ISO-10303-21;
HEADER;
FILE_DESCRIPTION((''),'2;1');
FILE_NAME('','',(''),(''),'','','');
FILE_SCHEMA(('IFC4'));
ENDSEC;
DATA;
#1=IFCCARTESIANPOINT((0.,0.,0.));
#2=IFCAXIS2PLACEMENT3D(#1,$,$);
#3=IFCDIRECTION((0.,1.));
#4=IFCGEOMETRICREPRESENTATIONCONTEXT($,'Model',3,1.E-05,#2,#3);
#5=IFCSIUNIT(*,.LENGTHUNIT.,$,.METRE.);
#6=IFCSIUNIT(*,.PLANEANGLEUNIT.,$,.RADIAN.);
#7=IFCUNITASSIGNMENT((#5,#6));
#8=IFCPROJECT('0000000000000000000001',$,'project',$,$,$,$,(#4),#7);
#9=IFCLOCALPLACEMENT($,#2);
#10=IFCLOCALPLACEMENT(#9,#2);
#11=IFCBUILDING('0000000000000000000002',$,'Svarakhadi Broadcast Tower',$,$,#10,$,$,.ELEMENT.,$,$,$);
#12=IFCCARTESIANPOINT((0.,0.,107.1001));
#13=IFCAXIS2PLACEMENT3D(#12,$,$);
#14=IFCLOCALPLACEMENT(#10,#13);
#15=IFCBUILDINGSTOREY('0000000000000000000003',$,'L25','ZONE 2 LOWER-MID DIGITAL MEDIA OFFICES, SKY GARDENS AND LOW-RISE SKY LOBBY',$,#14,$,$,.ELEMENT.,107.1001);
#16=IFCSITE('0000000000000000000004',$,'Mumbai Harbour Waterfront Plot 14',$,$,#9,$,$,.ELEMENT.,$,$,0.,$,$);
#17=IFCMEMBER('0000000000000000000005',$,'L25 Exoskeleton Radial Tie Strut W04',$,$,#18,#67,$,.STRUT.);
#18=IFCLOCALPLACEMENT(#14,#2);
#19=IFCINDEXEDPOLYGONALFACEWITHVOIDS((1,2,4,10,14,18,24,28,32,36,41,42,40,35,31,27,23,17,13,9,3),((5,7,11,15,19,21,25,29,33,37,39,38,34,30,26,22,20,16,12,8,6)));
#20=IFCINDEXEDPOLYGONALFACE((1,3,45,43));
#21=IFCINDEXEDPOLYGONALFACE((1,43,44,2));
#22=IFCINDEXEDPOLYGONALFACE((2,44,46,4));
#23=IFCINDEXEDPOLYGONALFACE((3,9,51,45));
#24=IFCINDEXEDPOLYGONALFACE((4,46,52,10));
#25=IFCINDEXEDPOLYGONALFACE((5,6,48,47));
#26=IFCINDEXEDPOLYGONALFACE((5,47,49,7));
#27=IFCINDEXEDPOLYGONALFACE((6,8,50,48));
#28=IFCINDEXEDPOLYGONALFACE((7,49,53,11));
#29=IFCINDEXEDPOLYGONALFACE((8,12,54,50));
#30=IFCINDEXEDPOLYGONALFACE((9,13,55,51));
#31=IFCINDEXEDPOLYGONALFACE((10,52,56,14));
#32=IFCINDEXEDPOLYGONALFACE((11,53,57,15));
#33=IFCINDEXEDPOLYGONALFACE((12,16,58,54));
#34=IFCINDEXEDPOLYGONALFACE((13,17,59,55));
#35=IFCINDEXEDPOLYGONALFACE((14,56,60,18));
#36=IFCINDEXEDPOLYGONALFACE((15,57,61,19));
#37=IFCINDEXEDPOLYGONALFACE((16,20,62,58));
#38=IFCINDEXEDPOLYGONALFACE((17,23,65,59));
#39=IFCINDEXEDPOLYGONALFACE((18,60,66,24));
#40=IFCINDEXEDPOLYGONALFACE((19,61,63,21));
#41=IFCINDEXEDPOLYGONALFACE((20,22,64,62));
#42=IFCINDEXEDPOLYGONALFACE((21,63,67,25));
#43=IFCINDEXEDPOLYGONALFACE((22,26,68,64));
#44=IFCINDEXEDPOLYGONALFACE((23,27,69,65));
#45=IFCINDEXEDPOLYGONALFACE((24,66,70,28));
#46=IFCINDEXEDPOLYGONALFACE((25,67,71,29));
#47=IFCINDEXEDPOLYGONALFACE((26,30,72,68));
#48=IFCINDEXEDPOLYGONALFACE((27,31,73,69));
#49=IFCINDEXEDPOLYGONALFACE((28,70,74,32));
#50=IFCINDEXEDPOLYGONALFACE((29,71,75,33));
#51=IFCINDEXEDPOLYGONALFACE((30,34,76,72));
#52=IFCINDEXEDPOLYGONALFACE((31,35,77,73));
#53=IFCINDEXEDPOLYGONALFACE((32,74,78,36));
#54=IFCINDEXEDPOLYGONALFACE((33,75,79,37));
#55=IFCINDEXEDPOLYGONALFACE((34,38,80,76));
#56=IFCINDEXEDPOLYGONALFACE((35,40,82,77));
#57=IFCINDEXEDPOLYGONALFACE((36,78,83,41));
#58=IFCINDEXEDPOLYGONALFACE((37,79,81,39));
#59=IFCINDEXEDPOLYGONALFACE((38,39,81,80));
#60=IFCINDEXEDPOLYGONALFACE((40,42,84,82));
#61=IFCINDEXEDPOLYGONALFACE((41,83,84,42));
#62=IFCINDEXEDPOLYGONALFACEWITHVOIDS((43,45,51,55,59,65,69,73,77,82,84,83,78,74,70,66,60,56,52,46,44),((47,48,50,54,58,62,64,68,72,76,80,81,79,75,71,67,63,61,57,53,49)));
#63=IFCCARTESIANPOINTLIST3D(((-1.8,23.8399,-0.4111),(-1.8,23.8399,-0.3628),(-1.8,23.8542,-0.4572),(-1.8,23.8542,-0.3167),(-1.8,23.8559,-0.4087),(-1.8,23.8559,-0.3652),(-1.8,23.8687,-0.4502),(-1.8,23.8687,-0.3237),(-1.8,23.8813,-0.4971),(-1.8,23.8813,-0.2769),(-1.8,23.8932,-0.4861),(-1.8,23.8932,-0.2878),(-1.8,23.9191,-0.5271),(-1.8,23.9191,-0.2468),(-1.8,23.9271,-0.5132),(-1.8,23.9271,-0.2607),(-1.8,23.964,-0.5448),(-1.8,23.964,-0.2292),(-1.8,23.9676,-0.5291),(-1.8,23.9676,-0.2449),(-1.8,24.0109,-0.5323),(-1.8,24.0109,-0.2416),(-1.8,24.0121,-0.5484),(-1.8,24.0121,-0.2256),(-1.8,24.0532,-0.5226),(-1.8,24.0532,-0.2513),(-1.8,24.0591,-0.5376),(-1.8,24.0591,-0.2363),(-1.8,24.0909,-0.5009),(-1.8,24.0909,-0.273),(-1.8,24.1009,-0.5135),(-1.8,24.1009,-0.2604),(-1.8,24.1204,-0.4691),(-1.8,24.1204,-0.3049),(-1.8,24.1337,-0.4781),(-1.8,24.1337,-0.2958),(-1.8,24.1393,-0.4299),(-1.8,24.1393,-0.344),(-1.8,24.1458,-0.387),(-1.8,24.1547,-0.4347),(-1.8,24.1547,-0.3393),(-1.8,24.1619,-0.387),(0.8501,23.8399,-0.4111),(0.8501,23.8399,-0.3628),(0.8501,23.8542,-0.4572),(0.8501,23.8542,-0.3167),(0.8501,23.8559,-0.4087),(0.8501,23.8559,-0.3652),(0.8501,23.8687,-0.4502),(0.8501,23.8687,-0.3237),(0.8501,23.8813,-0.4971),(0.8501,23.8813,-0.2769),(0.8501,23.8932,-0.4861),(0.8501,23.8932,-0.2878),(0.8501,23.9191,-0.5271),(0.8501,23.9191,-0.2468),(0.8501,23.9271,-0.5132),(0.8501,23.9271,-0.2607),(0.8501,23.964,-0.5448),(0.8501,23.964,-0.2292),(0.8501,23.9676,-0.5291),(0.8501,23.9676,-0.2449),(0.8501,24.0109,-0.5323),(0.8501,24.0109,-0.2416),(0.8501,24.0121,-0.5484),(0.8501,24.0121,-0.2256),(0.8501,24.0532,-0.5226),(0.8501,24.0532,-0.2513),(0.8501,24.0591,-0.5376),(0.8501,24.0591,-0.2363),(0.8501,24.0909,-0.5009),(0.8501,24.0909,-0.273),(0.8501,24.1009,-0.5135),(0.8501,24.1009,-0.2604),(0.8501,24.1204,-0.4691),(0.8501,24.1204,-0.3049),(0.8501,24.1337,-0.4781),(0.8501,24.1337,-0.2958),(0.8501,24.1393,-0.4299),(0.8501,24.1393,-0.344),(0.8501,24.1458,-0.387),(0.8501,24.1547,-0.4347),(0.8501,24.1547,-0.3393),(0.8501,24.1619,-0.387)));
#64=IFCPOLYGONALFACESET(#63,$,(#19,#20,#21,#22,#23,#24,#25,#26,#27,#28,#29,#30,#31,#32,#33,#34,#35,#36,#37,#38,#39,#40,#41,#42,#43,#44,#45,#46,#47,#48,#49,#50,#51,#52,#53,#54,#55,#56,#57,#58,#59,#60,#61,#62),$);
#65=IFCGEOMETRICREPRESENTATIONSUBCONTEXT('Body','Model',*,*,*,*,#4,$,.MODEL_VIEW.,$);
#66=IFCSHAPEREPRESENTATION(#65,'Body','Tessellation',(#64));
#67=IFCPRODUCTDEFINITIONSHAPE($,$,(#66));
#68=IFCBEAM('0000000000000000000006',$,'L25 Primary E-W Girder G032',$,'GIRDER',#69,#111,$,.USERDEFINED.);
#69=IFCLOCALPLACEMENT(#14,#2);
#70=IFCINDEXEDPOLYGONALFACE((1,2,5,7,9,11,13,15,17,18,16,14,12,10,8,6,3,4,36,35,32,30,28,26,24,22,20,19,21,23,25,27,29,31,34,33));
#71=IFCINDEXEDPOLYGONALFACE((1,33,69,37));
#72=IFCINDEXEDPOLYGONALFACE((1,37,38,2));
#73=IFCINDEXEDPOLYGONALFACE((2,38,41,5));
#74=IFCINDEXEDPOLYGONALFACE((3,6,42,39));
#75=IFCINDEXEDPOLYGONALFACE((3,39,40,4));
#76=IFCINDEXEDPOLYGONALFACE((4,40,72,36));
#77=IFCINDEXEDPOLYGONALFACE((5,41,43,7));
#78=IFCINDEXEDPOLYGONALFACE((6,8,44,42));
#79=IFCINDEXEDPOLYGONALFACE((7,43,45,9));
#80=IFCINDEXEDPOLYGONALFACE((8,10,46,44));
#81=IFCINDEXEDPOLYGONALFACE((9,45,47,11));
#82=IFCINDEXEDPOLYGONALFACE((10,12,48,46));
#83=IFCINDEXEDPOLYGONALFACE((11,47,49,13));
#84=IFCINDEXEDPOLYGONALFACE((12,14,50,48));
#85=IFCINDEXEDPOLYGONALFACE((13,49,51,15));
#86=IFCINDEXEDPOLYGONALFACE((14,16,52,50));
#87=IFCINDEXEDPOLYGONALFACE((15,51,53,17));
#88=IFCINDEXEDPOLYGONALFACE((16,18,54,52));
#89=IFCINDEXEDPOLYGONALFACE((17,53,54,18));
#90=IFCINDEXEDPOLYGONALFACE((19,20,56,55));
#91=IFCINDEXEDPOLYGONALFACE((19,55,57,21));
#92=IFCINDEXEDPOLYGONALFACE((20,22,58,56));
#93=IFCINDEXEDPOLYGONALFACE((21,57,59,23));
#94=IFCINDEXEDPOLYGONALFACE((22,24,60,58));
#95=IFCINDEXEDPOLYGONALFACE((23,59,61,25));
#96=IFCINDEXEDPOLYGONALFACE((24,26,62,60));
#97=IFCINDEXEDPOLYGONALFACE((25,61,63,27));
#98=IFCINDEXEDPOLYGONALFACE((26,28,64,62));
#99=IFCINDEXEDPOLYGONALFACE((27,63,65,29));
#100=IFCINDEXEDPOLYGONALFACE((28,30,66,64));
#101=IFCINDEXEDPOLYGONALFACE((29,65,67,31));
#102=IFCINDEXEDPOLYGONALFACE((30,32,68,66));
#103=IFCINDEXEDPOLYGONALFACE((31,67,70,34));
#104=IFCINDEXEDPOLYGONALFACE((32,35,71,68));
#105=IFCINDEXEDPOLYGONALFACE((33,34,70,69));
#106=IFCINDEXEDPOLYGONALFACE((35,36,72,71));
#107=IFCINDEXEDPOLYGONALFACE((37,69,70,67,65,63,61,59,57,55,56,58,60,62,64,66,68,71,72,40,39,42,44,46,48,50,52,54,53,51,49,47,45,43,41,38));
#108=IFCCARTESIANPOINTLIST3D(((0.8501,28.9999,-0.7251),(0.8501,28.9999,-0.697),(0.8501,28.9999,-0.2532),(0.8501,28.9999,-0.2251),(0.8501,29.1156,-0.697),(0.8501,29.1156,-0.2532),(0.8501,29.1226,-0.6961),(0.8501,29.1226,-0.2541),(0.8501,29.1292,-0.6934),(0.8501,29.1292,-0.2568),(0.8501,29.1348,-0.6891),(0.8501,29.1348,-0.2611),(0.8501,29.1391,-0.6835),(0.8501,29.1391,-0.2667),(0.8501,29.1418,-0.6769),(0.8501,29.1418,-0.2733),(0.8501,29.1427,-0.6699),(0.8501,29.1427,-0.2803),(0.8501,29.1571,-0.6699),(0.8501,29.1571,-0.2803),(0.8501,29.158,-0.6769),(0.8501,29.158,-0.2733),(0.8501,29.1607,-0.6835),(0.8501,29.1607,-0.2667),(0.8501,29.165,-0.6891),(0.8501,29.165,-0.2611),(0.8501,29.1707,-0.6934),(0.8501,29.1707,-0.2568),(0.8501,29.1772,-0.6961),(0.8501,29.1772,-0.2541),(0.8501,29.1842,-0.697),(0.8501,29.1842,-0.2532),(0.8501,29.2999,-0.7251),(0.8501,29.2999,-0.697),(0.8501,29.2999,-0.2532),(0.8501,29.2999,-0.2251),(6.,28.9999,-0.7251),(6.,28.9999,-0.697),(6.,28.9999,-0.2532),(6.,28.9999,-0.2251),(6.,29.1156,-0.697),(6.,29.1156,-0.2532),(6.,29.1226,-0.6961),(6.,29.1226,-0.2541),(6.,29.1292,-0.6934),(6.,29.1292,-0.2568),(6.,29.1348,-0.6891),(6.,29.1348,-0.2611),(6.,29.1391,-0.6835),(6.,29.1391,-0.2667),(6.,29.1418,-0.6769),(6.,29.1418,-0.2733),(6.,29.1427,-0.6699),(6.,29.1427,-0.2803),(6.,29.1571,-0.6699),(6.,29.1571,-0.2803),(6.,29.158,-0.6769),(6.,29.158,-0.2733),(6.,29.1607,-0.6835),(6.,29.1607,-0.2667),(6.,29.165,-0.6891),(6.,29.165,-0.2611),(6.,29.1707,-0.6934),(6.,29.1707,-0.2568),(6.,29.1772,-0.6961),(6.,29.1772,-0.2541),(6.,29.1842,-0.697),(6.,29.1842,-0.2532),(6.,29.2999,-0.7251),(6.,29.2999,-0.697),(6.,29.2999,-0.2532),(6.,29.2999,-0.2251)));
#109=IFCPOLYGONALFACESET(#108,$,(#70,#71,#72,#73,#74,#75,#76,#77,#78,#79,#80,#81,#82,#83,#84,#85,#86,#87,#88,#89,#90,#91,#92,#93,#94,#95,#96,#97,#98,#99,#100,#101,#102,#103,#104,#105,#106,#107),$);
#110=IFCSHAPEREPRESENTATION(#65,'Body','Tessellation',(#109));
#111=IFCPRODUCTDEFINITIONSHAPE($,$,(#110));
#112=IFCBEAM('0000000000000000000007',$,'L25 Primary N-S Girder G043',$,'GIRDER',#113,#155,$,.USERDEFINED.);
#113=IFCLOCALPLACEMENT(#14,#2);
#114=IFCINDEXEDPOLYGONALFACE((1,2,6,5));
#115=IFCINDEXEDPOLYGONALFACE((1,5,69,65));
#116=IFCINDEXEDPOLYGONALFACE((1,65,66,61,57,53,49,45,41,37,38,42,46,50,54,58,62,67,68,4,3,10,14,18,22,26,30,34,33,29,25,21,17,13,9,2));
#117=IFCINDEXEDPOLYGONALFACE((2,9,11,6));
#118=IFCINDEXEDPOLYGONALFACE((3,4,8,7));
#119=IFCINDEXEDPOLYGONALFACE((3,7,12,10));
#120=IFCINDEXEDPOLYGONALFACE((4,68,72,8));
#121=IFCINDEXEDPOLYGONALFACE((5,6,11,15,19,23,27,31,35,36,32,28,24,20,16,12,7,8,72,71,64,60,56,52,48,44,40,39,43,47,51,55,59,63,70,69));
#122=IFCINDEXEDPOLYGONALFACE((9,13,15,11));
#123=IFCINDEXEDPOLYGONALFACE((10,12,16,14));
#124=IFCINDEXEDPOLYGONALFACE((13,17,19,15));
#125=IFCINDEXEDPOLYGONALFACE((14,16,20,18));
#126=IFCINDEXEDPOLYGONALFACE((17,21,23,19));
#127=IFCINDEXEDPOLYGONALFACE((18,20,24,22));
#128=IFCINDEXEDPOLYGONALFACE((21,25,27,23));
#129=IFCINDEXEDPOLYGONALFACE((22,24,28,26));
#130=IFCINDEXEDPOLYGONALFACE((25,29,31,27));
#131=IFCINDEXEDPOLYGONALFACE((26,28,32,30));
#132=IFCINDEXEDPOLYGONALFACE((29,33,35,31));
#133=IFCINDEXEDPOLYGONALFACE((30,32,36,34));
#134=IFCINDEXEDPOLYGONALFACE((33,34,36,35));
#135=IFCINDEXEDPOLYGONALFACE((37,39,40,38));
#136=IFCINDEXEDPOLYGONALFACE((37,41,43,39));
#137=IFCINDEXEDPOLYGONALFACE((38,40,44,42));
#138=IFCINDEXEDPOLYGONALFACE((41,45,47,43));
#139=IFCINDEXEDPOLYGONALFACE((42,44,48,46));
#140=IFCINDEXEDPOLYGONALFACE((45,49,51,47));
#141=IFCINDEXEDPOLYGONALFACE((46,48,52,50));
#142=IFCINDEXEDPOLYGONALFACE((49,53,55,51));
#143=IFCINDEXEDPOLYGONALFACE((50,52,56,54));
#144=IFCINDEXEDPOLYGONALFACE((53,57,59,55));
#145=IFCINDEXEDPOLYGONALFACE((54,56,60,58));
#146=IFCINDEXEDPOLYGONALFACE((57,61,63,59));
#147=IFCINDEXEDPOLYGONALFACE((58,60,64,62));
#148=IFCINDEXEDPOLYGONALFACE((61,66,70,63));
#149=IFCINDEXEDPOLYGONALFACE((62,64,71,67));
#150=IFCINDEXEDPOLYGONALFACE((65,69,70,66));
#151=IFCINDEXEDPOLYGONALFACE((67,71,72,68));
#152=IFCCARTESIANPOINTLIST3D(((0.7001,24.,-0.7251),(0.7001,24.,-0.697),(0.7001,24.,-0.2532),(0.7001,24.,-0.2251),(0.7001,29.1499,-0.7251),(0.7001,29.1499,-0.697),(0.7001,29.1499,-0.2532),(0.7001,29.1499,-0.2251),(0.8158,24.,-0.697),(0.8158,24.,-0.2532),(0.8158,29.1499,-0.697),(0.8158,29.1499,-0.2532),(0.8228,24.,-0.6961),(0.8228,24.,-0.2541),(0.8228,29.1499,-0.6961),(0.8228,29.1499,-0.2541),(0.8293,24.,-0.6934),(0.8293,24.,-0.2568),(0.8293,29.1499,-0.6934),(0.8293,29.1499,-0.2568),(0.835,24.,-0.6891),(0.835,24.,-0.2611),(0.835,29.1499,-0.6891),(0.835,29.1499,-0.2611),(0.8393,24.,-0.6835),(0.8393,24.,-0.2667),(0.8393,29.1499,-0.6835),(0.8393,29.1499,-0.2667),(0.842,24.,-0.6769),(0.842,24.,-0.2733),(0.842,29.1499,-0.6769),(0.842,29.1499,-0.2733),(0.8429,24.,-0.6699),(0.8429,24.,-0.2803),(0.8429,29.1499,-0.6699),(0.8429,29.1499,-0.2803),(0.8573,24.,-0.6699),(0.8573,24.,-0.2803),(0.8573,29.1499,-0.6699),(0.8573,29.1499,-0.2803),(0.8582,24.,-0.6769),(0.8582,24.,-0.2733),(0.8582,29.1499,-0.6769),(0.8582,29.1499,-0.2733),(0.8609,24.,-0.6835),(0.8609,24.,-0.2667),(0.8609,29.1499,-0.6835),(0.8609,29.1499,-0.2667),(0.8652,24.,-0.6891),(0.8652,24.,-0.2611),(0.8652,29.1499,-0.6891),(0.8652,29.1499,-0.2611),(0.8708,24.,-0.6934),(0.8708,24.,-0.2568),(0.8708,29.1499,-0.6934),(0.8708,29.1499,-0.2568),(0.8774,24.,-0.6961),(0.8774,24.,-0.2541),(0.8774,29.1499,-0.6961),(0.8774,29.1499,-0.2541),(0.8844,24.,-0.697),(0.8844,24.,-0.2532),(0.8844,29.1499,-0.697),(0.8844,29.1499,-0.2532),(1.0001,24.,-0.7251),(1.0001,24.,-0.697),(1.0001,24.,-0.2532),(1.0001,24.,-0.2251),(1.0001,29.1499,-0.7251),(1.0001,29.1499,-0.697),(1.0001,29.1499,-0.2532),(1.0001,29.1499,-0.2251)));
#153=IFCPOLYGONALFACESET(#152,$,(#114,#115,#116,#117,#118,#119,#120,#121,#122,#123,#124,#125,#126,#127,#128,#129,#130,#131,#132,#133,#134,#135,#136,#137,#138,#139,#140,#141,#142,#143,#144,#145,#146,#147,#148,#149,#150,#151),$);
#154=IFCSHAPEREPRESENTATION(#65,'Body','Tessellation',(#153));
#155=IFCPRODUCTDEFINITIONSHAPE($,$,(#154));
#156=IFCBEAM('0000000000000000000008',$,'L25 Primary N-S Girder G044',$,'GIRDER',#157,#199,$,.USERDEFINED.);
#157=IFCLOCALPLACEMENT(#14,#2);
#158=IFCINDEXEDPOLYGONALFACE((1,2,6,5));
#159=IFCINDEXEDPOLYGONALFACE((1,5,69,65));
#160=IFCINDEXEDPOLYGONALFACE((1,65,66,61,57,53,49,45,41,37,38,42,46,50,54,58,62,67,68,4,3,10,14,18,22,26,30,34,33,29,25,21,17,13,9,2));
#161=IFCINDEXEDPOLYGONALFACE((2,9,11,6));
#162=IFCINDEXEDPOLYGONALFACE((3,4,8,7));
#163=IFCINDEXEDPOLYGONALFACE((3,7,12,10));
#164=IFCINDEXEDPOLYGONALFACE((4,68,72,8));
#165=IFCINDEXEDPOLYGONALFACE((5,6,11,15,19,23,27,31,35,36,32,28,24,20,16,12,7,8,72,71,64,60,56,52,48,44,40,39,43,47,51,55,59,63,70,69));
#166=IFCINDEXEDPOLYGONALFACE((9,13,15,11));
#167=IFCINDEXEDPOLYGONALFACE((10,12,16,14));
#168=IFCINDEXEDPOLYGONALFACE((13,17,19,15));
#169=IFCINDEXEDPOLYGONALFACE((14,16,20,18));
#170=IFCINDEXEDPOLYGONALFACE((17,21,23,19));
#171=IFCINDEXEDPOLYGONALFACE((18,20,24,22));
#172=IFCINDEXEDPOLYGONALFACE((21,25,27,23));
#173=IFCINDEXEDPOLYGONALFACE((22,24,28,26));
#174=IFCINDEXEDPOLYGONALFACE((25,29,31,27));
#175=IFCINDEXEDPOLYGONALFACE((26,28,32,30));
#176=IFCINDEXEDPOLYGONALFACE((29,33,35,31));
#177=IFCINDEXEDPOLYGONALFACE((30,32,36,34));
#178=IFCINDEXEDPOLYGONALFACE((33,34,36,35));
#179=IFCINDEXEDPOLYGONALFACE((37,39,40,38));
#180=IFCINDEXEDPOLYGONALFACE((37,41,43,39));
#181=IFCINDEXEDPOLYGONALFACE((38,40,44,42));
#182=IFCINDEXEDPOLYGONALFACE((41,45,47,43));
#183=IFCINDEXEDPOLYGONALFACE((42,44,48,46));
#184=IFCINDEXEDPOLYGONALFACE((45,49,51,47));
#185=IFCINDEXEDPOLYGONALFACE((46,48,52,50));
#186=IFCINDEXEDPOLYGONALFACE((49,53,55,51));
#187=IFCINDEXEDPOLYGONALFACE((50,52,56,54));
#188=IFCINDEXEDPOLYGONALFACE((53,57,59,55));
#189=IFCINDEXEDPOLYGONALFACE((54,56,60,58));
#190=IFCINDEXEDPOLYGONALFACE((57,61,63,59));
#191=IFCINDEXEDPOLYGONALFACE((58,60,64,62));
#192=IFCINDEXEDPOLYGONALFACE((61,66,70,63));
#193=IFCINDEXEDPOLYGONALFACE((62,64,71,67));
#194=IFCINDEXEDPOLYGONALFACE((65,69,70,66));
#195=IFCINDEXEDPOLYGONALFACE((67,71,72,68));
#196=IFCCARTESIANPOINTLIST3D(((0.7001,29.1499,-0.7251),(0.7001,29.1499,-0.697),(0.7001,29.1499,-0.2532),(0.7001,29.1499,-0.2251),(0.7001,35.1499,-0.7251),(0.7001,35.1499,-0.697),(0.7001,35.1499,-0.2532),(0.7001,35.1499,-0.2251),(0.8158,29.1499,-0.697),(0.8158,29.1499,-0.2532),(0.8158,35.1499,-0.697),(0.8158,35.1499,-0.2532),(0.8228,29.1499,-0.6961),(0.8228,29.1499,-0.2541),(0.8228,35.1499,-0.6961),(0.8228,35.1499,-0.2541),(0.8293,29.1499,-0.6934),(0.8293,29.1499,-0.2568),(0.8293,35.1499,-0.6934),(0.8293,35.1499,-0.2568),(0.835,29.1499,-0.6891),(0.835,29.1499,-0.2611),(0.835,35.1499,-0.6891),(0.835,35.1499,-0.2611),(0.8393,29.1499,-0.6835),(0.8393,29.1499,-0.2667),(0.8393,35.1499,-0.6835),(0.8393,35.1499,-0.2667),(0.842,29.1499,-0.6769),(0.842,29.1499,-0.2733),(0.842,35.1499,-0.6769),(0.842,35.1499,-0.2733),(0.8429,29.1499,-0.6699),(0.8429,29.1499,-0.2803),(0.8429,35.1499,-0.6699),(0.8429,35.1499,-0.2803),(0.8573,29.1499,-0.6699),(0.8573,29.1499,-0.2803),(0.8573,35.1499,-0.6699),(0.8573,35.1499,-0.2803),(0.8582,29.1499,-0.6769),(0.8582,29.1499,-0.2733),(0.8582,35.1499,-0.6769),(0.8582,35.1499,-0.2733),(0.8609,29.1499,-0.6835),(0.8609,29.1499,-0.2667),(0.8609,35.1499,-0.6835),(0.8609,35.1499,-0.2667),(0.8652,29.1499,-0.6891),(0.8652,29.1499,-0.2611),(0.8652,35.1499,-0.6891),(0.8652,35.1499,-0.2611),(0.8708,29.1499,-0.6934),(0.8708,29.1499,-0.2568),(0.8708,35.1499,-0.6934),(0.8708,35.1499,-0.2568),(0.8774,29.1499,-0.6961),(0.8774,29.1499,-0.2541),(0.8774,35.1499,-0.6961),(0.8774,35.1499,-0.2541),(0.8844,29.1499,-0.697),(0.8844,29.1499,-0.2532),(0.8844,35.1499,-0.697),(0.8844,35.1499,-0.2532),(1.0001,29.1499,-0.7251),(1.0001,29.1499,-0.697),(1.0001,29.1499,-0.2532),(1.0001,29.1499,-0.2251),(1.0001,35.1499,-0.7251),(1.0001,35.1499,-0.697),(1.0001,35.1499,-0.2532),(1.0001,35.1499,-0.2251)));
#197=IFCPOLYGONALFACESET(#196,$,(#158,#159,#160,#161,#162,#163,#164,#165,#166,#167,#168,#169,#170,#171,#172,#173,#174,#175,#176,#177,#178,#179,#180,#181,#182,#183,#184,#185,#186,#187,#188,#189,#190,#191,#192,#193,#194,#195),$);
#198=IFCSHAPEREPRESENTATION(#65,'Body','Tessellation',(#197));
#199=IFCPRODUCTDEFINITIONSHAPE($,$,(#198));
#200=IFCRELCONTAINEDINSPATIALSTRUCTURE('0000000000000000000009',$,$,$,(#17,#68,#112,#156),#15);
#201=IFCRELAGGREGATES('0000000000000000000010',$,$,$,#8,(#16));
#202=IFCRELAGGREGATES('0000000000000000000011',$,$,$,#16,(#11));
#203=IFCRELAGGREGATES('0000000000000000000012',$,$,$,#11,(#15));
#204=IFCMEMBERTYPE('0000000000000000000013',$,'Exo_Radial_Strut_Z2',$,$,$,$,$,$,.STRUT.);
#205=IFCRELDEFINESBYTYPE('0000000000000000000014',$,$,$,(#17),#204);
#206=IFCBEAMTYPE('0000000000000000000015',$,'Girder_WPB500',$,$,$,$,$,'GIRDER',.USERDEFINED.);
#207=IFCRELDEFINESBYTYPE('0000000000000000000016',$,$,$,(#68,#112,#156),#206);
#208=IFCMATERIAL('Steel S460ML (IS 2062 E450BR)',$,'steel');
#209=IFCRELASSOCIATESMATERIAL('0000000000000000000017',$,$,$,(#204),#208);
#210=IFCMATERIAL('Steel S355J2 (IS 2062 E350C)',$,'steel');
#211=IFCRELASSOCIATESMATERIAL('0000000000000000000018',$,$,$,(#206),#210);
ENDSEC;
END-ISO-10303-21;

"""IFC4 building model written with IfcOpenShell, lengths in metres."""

from ifc_helpers import new_model, si_unit, direction, frame, origin, origin_2d, place, context, subcontext, project, spatial, hollow_circle, i_section, extrude, material, material_profile, profile_set, type_object, element, save


model = new_model("IFC4")

# Units and contexts
model_context = context("Model", 3, precision=1e-05, world=origin(), true_north=direction((0.0, 1.0)))
body_context = subcontext(model_context, "Body", "Model", "MODEL_VIEW")
ifc_project = project(units=[si_unit("LENGTHUNIT", "METRE"), si_unit("PLANEANGLEUNIT", "RADIAN")], contexts=[model_context])

# Site, building, storey
site_placement = place(None, origin())
site = spatial("IfcSite", under=ifc_project, at=site_placement, Name="Mumbai Harbour Waterfront Plot 14", CompositionType="ELEMENT", RefElevation=0.0)
building_placement = place(site_placement, origin())
building = spatial("IfcBuilding", under=site, at=building_placement, Name="Svarakhadi Broadcast Tower", CompositionType="ELEMENT")
storey_placement = place(building_placement, frame((0.0, 0.0, 107.1001)))
storey = spatial("IfcBuildingStorey", under=building, at=storey_placement, Name="L25", Description="ZONE 2 LOWER-MID DIGITAL MEDIA OFFICES, SKY GARDENS AND LOW-RISE SKY LOBBY", CompositionType="ELEMENT", Elevation=107.1001)

# Shared definitions
ifc_material_1 = material(Name="Steel S460ML (IS 2062 E450BR)", Category="steel")

# Shared definitions
ifc_material_2 = material(Name="Steel S355J2 (IS 2062 E350C)", Category="steel")

# Member
ifc_material_profile_1 = material_profile(ifc_material_1, hollow_circle(Radius=0.1619, WallThickness=0.0161, at=origin_2d()), Name="CHS 323.9x16")
ifc_profile_set_1 = profile_set([ifc_material_profile_1], Name="Steel S460ML (IS 2062 E450BR)")
member_type_1 = type_object("IfcMemberType", Name="Exo_Radial_Strut_Z2", PredefinedType="STRUT", material=ifc_profile_set_1)
member_1_placement = place(storey_placement, frame((-1.8, 24.0, -0.387), z_axis=(1.0, 0.0, 0.0), x_axis=(0.0, 1.0, 0.0)))
element("IfcMember", 1, at=member_1_placement, inside=storey, type_object=member_type_1, Name="L25 Exoskeleton Radial Tie Strut W04", PredefinedType="STRUT", context=body_context, shape_type="SweptSolid", body=[
    extrude(hollow_circle(Radius=0.1619, WallThickness=0.0161, at=origin_2d()), origin(), (0.0, 0.0, 1.0), 2.6501),
])

# Beams
ifc_material_profile_2 = material_profile(ifc_material_2, i_section(OverallWidth=0.3, OverallDepth=0.5, WebThickness=0.0144, FlangeThickness=0.0281, FilletRadius=0.0271, at=origin_2d()), Name="WPB 500x300x187")
ifc_profile_set_2 = profile_set([ifc_material_profile_2], Name="Steel S355J2 (IS 2062 E350C)")
beam_type_1 = type_object("IfcBeamType", Name="Girder_WPB500", ElementType="GIRDER", PredefinedType="USERDEFINED", material=ifc_profile_set_2)
for number, where, z_axis, x_axis, name in (
    (2, (0.8501, 29.1499, -0.4751), (1.0, 0.0, 0.0), (0.0, 1.0, 0.0), "L25 Primary E-W Girder G032"),
    (3, (0.8501, 24.0, -0.4751), (0.0, 1.0, 0.0), (-1.0, 0.0, 0.0), "L25 Primary N-S Girder G043"),
):
    element("IfcBeam", number, at=place(storey_placement, frame(where, z_axis=z_axis, x_axis=x_axis)), inside=storey, type_object=beam_type_1, Name=name, ObjectType="GIRDER", PredefinedType="USERDEFINED", context=body_context, shape_type="SweptSolid", body=[
        extrude(i_section(OverallWidth=0.3, OverallDepth=0.5, WebThickness=0.0144, FlangeThickness=0.0281, FilletRadius=0.0271, at=origin_2d()), origin(), (0.0, 0.0, 1.0), 5.1499),
    ])
beam_1_placement = place(storey_placement, frame((0.8501, 29.1499, -0.4751), z_axis=(0.0, 1.0, 0.0), x_axis=(-1.0, 0.0, 0.0)))
element("IfcBeam", 4, at=beam_1_placement, inside=storey, type_object=beam_type_1, Name="L25 Primary N-S Girder G044", ObjectType="GIRDER", PredefinedType="USERDEFINED", context=body_context, shape_type="SweptSolid", body=[
    extrude(i_section(OverallWidth=0.3, OverallDepth=0.5, WebThickness=0.0144, FlangeThickness=0.0281, FilletRadius=0.0271, at=origin_2d()), origin(), (0.0, 0.0, 1.0), 6.0),
])

save(model, "model.ifc")
